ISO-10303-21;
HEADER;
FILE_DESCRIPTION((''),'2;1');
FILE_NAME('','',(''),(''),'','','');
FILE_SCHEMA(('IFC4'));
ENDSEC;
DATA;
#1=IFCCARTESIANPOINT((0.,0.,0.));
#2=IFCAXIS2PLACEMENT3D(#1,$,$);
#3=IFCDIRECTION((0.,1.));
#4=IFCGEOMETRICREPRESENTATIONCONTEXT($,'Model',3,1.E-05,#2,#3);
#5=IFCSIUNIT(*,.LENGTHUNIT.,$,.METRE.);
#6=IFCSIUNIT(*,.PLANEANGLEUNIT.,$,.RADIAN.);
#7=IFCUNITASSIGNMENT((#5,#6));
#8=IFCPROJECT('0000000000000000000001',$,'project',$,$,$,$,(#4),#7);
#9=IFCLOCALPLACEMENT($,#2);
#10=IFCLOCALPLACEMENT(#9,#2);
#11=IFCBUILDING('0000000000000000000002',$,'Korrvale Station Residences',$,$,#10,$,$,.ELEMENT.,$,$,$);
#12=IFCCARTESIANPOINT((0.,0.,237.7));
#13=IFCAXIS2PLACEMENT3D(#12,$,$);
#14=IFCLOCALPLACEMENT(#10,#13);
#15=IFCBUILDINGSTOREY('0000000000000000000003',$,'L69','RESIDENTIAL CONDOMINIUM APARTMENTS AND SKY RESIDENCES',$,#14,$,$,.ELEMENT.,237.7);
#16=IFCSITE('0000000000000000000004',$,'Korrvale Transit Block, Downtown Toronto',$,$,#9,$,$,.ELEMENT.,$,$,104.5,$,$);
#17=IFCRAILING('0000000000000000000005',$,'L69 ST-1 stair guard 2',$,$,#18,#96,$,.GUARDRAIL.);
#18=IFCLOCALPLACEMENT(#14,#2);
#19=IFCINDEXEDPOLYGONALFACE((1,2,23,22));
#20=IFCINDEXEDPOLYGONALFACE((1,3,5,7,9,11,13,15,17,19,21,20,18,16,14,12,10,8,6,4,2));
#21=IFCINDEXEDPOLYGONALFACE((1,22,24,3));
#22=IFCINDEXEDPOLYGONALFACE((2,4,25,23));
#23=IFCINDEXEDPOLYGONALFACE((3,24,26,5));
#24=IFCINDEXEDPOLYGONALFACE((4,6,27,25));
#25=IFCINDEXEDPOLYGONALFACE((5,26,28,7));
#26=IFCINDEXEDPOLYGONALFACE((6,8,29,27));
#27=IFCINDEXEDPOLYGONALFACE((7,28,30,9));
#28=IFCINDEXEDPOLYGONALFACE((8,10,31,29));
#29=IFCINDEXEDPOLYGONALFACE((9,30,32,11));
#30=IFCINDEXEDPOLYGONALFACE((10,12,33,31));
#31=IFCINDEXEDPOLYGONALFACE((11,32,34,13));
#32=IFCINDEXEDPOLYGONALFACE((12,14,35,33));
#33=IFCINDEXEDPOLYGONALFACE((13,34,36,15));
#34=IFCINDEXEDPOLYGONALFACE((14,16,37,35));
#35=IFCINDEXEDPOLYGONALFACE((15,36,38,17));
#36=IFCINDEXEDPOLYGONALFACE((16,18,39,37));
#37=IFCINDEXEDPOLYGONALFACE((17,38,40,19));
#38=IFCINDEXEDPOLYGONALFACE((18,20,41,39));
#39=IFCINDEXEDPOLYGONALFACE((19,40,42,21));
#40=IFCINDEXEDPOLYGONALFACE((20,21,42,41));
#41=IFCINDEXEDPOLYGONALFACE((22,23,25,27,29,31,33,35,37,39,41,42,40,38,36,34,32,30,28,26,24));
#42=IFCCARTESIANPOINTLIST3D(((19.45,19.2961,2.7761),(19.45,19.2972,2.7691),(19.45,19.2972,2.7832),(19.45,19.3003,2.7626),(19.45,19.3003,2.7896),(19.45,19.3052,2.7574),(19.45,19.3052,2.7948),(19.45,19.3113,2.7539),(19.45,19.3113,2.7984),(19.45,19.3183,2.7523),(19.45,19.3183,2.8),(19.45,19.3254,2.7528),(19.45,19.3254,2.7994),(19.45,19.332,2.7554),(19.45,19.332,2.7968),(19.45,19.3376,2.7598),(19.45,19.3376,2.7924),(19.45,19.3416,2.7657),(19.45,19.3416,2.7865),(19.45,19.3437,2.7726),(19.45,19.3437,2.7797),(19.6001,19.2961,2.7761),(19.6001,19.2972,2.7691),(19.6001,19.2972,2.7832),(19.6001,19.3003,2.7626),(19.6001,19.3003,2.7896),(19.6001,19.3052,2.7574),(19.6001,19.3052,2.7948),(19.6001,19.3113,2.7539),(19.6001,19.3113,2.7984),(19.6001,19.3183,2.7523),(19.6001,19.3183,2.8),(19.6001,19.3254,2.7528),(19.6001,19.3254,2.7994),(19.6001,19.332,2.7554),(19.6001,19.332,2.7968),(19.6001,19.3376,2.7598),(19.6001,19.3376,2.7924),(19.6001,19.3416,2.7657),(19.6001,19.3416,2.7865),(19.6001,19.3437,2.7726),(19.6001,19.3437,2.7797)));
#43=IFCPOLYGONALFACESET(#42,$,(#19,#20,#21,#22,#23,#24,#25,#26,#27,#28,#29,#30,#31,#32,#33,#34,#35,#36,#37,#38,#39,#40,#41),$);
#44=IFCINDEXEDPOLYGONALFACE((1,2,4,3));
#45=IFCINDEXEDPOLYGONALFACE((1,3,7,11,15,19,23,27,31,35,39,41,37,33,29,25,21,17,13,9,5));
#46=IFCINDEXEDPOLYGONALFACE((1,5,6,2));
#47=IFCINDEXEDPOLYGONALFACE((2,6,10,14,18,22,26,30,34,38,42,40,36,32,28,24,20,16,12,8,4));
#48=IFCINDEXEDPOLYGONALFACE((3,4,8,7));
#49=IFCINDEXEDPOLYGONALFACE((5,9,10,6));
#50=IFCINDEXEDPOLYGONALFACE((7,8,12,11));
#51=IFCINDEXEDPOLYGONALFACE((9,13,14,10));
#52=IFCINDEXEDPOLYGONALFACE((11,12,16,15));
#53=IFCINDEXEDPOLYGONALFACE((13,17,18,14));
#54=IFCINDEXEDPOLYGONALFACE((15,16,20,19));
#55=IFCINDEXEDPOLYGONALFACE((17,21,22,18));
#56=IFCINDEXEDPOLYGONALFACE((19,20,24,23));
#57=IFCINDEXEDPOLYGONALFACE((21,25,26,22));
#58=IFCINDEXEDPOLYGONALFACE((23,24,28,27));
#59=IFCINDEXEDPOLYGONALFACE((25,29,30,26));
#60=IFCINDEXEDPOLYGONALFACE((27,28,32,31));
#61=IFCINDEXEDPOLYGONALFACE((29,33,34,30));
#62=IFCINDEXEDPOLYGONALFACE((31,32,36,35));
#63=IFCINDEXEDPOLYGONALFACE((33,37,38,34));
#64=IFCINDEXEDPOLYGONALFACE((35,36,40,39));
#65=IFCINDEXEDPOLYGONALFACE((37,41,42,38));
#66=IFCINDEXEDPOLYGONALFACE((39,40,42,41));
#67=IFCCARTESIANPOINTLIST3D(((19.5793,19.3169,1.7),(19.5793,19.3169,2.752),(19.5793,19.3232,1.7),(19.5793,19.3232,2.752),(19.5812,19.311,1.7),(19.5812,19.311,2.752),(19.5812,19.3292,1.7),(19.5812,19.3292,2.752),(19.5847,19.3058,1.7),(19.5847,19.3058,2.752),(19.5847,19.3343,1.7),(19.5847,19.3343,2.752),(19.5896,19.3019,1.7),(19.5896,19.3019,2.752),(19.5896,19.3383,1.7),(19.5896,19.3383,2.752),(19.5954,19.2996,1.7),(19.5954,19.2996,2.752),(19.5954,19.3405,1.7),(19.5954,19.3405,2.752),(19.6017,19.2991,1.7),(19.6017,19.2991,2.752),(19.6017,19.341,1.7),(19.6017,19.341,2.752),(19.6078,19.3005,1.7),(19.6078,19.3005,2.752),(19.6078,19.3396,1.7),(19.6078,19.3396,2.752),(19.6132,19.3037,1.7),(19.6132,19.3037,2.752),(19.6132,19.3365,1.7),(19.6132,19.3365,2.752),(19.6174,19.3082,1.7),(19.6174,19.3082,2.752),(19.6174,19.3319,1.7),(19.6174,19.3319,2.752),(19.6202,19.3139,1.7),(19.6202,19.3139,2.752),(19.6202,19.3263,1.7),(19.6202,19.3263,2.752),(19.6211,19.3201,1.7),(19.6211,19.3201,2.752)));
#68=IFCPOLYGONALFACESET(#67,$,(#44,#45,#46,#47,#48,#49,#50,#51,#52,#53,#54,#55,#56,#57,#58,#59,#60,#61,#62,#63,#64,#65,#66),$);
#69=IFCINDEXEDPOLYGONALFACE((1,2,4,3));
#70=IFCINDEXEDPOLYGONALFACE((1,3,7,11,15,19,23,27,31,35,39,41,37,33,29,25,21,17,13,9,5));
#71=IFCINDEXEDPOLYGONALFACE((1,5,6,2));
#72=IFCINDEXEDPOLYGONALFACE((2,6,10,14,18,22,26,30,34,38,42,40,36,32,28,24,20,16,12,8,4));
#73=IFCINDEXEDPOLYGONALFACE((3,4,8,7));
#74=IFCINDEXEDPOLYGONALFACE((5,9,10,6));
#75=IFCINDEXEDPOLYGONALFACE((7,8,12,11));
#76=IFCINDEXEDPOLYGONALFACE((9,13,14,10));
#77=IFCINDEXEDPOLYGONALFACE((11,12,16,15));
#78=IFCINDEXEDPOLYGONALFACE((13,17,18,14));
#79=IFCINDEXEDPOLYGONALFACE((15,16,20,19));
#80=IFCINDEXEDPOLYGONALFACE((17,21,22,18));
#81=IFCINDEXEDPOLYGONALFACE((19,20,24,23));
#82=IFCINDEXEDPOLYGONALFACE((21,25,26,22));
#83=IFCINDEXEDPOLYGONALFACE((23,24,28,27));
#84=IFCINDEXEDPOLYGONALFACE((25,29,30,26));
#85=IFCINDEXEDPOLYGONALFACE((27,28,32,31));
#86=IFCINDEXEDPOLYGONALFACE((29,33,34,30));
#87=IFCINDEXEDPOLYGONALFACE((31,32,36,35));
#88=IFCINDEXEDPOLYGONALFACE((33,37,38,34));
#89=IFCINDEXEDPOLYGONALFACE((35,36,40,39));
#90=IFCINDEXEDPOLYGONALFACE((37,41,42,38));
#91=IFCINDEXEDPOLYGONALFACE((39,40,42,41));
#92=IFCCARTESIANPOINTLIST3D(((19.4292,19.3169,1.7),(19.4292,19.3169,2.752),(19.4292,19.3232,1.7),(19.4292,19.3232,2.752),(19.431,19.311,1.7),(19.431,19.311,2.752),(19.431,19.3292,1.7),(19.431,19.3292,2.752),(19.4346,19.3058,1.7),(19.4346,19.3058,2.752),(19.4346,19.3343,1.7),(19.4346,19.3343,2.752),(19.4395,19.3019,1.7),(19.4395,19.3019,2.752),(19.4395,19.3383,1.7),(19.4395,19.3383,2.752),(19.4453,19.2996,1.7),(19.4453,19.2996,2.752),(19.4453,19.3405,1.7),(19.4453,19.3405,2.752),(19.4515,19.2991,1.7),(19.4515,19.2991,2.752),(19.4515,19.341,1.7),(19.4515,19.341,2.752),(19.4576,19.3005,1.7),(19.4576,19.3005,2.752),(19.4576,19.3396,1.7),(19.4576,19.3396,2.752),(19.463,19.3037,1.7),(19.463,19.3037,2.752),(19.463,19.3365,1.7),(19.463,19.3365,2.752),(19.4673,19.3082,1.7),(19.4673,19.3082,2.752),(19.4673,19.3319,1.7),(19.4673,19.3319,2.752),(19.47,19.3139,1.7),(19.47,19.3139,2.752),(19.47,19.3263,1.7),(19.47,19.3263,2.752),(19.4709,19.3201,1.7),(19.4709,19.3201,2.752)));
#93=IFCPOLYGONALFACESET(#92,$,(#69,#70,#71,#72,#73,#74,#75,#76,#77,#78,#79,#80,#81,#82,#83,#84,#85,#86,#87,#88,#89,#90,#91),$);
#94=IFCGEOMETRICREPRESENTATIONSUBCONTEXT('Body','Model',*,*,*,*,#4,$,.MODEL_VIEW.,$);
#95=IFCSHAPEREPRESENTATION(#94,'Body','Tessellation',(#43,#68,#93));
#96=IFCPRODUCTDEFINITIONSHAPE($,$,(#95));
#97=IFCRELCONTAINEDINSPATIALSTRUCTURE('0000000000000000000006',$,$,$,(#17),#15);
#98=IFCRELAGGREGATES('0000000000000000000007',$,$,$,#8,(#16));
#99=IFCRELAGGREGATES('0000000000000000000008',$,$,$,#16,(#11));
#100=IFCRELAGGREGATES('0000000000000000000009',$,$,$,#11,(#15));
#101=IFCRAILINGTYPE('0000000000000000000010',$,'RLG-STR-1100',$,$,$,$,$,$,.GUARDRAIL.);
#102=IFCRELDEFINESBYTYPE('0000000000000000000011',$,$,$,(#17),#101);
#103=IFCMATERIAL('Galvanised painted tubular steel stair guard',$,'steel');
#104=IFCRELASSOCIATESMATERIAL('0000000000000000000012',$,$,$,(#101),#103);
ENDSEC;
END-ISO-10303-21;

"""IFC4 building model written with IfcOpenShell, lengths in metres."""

from ifc_helpers import new_model, si_unit, direction, frame, origin, origin_2d, place, context, subcontext, project, spatial, circle, extrude, material, type_object, element, save


model = new_model("IFC4")

# Units and contexts
model_context = context("Model", 3, precision=1e-05, world=origin(), true_north=direction((0.0, 1.0)))
body_context = subcontext(model_context, "Body", "Model", "MODEL_VIEW")
ifc_project = project(units=[si_unit("LENGTHUNIT", "METRE"), si_unit("PLANEANGLEUNIT", "RADIAN")], contexts=[model_context])

# Site, building, storey
site_placement = place(None, origin())
site = spatial("IfcSite", under=ifc_project, at=site_placement, Name="Korrvale Transit Block, Downtown Toronto", CompositionType="ELEMENT", RefElevation=104.5)
building_placement = place(site_placement, origin())
building = spatial("IfcBuilding", under=site, at=building_placement, Name="Korrvale Station Residences", CompositionType="ELEMENT")
storey_placement = place(building_placement, frame((0.0, 0.0, 237.7)))
storey = spatial("IfcBuildingStorey", under=building, at=storey_placement, Name="L69", Description="RESIDENTIAL CONDOMINIUM APARTMENTS AND SKY RESIDENCES", CompositionType="ELEMENT", Elevation=237.7)

# Railing
ifc_material_1 = material(Name="Galvanised painted tubular steel stair guard", Category="steel")
railing_type_1 = type_object("IfcRailingType", Name="RLG-STR-1100", PredefinedType="GUARDRAIL", material=ifc_material_1)
railing_1_placement = place(storey_placement, frame((19.6001, 19.3201, 1.7)))
element("IfcRailing", 1, at=railing_1_placement, inside=storey, type_object=railing_type_1, Name="L69 ST-1 stair guard 2", PredefinedType="GUARDRAIL", context=body_context, shape_type="SweptSolid", body=[
    extrude(circle(Radius=0.0239, at=origin_2d()), frame((0.0, 0.0, 1.0762), z_axis=(-1.0, 0.0, 0.0), x_axis=(0.0, -1.0, 0.0)), (0.0, 0.0, 1.0), 0.1501),
    extrude(circle(Radius=0.021, at=origin_2d()), origin(), (0.0, 0.0, 1.0), 1.052),
    extrude(circle(Radius=0.021, at=origin_2d()), frame((-0.1501, 0.0, 0.0)), (0.0, 0.0, 1.0), 1.052),
])

save(model, "model.ifc")
